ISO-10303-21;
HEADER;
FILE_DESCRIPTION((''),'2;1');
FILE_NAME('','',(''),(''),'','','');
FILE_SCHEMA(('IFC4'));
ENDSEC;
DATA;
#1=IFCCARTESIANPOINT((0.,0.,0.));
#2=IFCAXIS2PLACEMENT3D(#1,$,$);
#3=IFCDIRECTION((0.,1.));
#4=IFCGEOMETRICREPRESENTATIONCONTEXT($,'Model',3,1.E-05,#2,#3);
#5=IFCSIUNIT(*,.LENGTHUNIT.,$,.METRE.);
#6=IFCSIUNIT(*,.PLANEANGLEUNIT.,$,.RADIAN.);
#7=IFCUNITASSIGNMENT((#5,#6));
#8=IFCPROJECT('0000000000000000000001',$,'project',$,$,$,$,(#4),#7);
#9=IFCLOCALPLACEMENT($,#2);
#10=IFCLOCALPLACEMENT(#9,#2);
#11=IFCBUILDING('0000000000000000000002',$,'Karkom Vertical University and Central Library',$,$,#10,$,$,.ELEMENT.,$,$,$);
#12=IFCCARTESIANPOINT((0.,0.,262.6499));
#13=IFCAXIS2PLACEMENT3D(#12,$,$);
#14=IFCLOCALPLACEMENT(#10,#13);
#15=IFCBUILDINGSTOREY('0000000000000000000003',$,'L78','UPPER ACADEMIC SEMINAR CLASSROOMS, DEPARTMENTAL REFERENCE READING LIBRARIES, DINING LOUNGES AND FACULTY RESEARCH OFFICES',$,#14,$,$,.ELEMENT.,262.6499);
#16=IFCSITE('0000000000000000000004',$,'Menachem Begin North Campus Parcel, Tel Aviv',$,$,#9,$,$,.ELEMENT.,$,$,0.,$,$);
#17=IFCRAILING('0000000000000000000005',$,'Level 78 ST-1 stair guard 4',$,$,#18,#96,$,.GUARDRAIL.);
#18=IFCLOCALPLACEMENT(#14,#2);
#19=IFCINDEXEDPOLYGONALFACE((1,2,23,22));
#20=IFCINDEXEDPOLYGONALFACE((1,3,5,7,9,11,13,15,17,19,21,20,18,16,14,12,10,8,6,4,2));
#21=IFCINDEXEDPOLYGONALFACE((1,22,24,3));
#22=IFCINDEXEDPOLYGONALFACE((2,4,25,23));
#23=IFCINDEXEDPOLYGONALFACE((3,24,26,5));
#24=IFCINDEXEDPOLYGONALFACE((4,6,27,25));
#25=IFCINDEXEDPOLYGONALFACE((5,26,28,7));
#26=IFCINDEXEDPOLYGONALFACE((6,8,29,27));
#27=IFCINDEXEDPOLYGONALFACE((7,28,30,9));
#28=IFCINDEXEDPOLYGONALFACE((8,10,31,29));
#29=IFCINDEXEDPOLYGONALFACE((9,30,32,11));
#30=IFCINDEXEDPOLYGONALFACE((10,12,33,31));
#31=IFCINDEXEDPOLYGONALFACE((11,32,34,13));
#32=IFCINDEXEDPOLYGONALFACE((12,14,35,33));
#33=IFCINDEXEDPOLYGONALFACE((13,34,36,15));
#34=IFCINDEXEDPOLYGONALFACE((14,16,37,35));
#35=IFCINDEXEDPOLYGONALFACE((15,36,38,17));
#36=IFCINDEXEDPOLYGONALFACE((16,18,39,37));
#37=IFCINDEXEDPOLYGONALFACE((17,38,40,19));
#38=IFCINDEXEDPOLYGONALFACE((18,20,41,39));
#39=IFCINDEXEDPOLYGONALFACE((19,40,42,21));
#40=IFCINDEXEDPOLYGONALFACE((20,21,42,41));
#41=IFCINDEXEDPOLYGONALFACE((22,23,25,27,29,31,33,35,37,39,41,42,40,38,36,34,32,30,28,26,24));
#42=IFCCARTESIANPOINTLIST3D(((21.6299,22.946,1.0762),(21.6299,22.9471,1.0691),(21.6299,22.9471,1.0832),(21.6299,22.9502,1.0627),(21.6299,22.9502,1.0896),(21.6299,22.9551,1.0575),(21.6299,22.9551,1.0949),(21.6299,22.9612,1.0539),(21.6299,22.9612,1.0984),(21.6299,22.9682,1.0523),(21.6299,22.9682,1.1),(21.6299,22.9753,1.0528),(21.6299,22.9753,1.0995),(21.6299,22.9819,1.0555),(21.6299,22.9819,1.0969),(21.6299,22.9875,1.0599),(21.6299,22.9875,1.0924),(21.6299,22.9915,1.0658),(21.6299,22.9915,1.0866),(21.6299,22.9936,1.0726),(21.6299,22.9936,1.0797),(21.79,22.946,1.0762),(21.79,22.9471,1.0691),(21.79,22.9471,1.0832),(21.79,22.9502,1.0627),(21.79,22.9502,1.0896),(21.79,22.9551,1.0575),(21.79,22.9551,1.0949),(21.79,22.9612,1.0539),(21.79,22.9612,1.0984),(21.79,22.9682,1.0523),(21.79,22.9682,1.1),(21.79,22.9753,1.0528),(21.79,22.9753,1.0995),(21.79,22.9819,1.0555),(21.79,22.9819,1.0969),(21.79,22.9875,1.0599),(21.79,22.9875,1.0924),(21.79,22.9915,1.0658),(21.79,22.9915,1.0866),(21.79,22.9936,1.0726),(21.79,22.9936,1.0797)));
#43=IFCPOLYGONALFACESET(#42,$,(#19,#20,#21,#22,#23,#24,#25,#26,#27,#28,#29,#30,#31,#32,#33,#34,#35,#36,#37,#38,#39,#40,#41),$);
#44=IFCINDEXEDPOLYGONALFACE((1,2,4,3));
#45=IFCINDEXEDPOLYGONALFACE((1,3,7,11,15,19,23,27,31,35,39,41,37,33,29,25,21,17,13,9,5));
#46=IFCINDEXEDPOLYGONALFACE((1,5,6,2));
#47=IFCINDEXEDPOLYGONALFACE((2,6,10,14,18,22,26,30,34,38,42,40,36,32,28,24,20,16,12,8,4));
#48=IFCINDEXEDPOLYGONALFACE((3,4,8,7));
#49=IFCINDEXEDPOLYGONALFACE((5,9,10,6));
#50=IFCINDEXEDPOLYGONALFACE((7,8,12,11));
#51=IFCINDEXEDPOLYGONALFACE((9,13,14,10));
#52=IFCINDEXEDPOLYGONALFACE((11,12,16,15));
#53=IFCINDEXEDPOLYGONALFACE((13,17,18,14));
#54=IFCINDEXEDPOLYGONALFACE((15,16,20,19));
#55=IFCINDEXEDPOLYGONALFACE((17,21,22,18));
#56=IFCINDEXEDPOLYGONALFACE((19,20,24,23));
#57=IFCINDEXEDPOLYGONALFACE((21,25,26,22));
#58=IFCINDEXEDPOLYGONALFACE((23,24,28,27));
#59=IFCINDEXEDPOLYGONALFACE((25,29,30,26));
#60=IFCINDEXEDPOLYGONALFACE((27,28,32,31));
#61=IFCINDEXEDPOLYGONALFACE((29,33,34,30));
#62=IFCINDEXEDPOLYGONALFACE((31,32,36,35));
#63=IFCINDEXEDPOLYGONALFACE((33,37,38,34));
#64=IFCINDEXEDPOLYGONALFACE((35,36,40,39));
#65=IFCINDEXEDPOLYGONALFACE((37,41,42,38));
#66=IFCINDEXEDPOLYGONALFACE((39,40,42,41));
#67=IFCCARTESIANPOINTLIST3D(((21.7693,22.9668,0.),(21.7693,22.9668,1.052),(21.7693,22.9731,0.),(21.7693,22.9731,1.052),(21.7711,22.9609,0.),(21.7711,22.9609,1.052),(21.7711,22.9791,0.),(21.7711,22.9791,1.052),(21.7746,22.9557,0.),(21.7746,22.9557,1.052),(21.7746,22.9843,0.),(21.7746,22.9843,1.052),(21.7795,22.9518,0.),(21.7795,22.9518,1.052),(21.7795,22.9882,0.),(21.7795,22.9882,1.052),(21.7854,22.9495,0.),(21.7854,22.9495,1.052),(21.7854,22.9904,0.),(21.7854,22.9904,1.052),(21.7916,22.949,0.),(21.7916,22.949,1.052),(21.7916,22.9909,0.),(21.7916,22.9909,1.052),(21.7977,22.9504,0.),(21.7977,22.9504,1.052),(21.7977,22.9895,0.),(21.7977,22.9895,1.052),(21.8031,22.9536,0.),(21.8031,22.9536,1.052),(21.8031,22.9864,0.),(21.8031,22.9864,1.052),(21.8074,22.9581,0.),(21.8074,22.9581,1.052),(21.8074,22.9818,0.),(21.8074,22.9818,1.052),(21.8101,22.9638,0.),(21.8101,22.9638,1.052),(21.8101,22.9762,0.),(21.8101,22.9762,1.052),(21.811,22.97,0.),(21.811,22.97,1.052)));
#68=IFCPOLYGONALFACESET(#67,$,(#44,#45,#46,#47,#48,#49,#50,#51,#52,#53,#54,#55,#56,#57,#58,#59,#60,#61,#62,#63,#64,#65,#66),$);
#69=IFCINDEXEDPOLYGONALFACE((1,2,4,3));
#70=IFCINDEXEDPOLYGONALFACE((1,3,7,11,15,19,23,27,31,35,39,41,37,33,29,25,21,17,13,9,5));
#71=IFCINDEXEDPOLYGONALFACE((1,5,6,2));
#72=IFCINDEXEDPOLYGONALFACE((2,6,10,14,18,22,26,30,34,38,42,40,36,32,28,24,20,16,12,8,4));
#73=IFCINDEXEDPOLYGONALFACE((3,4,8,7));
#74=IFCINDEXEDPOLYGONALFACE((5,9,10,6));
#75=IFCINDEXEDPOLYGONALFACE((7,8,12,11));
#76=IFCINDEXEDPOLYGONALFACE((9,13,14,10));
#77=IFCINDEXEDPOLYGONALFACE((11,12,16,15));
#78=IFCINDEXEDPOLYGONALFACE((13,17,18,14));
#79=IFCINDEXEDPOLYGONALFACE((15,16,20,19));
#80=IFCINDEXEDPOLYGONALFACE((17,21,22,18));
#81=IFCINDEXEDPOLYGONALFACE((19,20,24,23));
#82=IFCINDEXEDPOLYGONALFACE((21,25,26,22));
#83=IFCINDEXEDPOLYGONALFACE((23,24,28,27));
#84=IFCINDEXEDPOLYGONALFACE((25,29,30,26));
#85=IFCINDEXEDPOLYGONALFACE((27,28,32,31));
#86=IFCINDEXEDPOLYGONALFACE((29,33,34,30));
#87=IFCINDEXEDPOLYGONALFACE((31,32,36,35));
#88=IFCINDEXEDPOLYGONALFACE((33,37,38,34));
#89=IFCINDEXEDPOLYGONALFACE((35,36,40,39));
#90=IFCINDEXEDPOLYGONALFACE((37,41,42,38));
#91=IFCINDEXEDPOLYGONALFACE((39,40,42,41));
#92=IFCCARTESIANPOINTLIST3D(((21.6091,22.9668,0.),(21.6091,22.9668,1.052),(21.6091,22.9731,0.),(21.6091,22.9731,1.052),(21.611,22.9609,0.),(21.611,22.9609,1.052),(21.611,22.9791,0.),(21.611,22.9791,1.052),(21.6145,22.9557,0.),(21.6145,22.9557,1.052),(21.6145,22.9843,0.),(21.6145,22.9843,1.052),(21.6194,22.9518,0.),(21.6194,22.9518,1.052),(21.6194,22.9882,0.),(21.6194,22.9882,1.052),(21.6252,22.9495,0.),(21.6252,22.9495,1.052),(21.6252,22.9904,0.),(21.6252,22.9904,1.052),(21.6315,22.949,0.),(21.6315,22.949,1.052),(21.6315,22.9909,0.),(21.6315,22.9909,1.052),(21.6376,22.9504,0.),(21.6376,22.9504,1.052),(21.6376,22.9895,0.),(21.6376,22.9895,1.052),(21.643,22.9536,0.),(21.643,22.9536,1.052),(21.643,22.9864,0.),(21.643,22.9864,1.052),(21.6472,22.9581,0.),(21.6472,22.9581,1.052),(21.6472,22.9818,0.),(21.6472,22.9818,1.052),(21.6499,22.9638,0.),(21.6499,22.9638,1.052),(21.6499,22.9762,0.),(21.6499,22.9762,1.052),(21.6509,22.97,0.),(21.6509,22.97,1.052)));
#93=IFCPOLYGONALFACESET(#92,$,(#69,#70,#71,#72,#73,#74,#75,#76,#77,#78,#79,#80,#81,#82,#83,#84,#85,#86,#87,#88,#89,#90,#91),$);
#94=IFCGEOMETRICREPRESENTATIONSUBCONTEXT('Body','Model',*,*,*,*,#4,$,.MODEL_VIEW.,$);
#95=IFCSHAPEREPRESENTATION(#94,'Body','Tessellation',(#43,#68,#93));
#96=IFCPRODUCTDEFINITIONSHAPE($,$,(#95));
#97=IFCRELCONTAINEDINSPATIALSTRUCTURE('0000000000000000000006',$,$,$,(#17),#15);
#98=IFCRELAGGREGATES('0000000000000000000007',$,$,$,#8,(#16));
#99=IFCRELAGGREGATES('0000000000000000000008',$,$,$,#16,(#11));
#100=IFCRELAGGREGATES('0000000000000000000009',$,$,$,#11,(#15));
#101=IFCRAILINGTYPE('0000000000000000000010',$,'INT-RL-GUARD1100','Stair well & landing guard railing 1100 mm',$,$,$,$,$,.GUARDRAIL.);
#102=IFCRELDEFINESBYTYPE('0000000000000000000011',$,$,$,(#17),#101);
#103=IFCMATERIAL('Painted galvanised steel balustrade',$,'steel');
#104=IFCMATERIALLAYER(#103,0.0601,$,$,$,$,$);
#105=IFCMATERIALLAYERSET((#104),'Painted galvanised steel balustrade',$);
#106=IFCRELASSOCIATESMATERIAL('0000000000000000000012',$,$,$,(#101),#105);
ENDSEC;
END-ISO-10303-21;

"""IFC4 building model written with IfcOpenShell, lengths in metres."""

from ifc_helpers import new_model, si_unit, direction, frame, origin, origin_2d, place, context, subcontext, project, spatial, circle, extrude, material, layer, layer_set, type_object, element, save


model = new_model("IFC4")

# Units and contexts
model_context = context("Model", 3, precision=1e-05, world=origin(), true_north=direction((0.0, 1.0)))
body_context = subcontext(model_context, "Body", "Model", "MODEL_VIEW")
ifc_project = project(units=[si_unit("LENGTHUNIT", "METRE"), si_unit("PLANEANGLEUNIT", "RADIAN")], contexts=[model_context])

# Site, building, storey
site_placement = place(None, origin())
site = spatial("IfcSite", under=ifc_project, at=site_placement, Name="Menachem Begin North Campus Parcel, Tel Aviv", CompositionType="ELEMENT", RefElevation=0.0)
building_placement = place(site_placement, origin())
building = spatial("IfcBuilding", under=site, at=building_placement, Name="Karkom Vertical University and Central Library", CompositionType="ELEMENT")
storey_placement = place(building_placement, frame((0.0, 0.0, 262.6499)))
storey = spatial("IfcBuildingStorey", under=building, at=storey_placement, Name="L78", Description="UPPER ACADEMIC SEMINAR CLASSROOMS, DEPARTMENTAL REFERENCE READING LIBRARIES, DINING LOUNGES AND FACULTY RESEARCH OFFICES", CompositionType="ELEMENT", Elevation=262.6499)

# Railing
ifc_material_1 = material(Name="Painted galvanised steel balustrade", Category="steel")
ifc_layer_1 = layer(ifc_material_1, 0.0601)
ifc_layer_set_1 = layer_set([ifc_layer_1], Name="Painted galvanised steel balustrade")
railing_type_1 = type_object("IfcRailingType", Name="INT-RL-GUARD1100", Description="Stair well & landing guard railing 1100 mm", PredefinedType="GUARDRAIL", material=ifc_layer_set_1)
railing_1_placement = place(storey_placement, frame((21.79, 22.97, 0.0)))
element("IfcRailing", 1, at=railing_1_placement, inside=storey, type_object=railing_type_1, Name="Level 78 ST-1 stair guard 4", PredefinedType="GUARDRAIL", context=body_context, shape_type="SweptSolid", body=[
    extrude(circle(Radius=0.0239, at=origin_2d()), frame((0.0, 0.0, 1.0762), z_axis=(-1.0, 0.0, 0.0), x_axis=(0.0, -1.0, 0.0)), (0.0, 0.0, 1.0), 0.1602),
    extrude(circle(Radius=0.021, at=origin_2d()), origin(), (0.0, 0.0, 1.0), 1.052),
    extrude(circle(Radius=0.021, at=origin_2d()), frame((-0.1602, 0.0, 0.0)), (0.0, 0.0, 1.0), 1.052),
])

save(model, "model.ifc")
